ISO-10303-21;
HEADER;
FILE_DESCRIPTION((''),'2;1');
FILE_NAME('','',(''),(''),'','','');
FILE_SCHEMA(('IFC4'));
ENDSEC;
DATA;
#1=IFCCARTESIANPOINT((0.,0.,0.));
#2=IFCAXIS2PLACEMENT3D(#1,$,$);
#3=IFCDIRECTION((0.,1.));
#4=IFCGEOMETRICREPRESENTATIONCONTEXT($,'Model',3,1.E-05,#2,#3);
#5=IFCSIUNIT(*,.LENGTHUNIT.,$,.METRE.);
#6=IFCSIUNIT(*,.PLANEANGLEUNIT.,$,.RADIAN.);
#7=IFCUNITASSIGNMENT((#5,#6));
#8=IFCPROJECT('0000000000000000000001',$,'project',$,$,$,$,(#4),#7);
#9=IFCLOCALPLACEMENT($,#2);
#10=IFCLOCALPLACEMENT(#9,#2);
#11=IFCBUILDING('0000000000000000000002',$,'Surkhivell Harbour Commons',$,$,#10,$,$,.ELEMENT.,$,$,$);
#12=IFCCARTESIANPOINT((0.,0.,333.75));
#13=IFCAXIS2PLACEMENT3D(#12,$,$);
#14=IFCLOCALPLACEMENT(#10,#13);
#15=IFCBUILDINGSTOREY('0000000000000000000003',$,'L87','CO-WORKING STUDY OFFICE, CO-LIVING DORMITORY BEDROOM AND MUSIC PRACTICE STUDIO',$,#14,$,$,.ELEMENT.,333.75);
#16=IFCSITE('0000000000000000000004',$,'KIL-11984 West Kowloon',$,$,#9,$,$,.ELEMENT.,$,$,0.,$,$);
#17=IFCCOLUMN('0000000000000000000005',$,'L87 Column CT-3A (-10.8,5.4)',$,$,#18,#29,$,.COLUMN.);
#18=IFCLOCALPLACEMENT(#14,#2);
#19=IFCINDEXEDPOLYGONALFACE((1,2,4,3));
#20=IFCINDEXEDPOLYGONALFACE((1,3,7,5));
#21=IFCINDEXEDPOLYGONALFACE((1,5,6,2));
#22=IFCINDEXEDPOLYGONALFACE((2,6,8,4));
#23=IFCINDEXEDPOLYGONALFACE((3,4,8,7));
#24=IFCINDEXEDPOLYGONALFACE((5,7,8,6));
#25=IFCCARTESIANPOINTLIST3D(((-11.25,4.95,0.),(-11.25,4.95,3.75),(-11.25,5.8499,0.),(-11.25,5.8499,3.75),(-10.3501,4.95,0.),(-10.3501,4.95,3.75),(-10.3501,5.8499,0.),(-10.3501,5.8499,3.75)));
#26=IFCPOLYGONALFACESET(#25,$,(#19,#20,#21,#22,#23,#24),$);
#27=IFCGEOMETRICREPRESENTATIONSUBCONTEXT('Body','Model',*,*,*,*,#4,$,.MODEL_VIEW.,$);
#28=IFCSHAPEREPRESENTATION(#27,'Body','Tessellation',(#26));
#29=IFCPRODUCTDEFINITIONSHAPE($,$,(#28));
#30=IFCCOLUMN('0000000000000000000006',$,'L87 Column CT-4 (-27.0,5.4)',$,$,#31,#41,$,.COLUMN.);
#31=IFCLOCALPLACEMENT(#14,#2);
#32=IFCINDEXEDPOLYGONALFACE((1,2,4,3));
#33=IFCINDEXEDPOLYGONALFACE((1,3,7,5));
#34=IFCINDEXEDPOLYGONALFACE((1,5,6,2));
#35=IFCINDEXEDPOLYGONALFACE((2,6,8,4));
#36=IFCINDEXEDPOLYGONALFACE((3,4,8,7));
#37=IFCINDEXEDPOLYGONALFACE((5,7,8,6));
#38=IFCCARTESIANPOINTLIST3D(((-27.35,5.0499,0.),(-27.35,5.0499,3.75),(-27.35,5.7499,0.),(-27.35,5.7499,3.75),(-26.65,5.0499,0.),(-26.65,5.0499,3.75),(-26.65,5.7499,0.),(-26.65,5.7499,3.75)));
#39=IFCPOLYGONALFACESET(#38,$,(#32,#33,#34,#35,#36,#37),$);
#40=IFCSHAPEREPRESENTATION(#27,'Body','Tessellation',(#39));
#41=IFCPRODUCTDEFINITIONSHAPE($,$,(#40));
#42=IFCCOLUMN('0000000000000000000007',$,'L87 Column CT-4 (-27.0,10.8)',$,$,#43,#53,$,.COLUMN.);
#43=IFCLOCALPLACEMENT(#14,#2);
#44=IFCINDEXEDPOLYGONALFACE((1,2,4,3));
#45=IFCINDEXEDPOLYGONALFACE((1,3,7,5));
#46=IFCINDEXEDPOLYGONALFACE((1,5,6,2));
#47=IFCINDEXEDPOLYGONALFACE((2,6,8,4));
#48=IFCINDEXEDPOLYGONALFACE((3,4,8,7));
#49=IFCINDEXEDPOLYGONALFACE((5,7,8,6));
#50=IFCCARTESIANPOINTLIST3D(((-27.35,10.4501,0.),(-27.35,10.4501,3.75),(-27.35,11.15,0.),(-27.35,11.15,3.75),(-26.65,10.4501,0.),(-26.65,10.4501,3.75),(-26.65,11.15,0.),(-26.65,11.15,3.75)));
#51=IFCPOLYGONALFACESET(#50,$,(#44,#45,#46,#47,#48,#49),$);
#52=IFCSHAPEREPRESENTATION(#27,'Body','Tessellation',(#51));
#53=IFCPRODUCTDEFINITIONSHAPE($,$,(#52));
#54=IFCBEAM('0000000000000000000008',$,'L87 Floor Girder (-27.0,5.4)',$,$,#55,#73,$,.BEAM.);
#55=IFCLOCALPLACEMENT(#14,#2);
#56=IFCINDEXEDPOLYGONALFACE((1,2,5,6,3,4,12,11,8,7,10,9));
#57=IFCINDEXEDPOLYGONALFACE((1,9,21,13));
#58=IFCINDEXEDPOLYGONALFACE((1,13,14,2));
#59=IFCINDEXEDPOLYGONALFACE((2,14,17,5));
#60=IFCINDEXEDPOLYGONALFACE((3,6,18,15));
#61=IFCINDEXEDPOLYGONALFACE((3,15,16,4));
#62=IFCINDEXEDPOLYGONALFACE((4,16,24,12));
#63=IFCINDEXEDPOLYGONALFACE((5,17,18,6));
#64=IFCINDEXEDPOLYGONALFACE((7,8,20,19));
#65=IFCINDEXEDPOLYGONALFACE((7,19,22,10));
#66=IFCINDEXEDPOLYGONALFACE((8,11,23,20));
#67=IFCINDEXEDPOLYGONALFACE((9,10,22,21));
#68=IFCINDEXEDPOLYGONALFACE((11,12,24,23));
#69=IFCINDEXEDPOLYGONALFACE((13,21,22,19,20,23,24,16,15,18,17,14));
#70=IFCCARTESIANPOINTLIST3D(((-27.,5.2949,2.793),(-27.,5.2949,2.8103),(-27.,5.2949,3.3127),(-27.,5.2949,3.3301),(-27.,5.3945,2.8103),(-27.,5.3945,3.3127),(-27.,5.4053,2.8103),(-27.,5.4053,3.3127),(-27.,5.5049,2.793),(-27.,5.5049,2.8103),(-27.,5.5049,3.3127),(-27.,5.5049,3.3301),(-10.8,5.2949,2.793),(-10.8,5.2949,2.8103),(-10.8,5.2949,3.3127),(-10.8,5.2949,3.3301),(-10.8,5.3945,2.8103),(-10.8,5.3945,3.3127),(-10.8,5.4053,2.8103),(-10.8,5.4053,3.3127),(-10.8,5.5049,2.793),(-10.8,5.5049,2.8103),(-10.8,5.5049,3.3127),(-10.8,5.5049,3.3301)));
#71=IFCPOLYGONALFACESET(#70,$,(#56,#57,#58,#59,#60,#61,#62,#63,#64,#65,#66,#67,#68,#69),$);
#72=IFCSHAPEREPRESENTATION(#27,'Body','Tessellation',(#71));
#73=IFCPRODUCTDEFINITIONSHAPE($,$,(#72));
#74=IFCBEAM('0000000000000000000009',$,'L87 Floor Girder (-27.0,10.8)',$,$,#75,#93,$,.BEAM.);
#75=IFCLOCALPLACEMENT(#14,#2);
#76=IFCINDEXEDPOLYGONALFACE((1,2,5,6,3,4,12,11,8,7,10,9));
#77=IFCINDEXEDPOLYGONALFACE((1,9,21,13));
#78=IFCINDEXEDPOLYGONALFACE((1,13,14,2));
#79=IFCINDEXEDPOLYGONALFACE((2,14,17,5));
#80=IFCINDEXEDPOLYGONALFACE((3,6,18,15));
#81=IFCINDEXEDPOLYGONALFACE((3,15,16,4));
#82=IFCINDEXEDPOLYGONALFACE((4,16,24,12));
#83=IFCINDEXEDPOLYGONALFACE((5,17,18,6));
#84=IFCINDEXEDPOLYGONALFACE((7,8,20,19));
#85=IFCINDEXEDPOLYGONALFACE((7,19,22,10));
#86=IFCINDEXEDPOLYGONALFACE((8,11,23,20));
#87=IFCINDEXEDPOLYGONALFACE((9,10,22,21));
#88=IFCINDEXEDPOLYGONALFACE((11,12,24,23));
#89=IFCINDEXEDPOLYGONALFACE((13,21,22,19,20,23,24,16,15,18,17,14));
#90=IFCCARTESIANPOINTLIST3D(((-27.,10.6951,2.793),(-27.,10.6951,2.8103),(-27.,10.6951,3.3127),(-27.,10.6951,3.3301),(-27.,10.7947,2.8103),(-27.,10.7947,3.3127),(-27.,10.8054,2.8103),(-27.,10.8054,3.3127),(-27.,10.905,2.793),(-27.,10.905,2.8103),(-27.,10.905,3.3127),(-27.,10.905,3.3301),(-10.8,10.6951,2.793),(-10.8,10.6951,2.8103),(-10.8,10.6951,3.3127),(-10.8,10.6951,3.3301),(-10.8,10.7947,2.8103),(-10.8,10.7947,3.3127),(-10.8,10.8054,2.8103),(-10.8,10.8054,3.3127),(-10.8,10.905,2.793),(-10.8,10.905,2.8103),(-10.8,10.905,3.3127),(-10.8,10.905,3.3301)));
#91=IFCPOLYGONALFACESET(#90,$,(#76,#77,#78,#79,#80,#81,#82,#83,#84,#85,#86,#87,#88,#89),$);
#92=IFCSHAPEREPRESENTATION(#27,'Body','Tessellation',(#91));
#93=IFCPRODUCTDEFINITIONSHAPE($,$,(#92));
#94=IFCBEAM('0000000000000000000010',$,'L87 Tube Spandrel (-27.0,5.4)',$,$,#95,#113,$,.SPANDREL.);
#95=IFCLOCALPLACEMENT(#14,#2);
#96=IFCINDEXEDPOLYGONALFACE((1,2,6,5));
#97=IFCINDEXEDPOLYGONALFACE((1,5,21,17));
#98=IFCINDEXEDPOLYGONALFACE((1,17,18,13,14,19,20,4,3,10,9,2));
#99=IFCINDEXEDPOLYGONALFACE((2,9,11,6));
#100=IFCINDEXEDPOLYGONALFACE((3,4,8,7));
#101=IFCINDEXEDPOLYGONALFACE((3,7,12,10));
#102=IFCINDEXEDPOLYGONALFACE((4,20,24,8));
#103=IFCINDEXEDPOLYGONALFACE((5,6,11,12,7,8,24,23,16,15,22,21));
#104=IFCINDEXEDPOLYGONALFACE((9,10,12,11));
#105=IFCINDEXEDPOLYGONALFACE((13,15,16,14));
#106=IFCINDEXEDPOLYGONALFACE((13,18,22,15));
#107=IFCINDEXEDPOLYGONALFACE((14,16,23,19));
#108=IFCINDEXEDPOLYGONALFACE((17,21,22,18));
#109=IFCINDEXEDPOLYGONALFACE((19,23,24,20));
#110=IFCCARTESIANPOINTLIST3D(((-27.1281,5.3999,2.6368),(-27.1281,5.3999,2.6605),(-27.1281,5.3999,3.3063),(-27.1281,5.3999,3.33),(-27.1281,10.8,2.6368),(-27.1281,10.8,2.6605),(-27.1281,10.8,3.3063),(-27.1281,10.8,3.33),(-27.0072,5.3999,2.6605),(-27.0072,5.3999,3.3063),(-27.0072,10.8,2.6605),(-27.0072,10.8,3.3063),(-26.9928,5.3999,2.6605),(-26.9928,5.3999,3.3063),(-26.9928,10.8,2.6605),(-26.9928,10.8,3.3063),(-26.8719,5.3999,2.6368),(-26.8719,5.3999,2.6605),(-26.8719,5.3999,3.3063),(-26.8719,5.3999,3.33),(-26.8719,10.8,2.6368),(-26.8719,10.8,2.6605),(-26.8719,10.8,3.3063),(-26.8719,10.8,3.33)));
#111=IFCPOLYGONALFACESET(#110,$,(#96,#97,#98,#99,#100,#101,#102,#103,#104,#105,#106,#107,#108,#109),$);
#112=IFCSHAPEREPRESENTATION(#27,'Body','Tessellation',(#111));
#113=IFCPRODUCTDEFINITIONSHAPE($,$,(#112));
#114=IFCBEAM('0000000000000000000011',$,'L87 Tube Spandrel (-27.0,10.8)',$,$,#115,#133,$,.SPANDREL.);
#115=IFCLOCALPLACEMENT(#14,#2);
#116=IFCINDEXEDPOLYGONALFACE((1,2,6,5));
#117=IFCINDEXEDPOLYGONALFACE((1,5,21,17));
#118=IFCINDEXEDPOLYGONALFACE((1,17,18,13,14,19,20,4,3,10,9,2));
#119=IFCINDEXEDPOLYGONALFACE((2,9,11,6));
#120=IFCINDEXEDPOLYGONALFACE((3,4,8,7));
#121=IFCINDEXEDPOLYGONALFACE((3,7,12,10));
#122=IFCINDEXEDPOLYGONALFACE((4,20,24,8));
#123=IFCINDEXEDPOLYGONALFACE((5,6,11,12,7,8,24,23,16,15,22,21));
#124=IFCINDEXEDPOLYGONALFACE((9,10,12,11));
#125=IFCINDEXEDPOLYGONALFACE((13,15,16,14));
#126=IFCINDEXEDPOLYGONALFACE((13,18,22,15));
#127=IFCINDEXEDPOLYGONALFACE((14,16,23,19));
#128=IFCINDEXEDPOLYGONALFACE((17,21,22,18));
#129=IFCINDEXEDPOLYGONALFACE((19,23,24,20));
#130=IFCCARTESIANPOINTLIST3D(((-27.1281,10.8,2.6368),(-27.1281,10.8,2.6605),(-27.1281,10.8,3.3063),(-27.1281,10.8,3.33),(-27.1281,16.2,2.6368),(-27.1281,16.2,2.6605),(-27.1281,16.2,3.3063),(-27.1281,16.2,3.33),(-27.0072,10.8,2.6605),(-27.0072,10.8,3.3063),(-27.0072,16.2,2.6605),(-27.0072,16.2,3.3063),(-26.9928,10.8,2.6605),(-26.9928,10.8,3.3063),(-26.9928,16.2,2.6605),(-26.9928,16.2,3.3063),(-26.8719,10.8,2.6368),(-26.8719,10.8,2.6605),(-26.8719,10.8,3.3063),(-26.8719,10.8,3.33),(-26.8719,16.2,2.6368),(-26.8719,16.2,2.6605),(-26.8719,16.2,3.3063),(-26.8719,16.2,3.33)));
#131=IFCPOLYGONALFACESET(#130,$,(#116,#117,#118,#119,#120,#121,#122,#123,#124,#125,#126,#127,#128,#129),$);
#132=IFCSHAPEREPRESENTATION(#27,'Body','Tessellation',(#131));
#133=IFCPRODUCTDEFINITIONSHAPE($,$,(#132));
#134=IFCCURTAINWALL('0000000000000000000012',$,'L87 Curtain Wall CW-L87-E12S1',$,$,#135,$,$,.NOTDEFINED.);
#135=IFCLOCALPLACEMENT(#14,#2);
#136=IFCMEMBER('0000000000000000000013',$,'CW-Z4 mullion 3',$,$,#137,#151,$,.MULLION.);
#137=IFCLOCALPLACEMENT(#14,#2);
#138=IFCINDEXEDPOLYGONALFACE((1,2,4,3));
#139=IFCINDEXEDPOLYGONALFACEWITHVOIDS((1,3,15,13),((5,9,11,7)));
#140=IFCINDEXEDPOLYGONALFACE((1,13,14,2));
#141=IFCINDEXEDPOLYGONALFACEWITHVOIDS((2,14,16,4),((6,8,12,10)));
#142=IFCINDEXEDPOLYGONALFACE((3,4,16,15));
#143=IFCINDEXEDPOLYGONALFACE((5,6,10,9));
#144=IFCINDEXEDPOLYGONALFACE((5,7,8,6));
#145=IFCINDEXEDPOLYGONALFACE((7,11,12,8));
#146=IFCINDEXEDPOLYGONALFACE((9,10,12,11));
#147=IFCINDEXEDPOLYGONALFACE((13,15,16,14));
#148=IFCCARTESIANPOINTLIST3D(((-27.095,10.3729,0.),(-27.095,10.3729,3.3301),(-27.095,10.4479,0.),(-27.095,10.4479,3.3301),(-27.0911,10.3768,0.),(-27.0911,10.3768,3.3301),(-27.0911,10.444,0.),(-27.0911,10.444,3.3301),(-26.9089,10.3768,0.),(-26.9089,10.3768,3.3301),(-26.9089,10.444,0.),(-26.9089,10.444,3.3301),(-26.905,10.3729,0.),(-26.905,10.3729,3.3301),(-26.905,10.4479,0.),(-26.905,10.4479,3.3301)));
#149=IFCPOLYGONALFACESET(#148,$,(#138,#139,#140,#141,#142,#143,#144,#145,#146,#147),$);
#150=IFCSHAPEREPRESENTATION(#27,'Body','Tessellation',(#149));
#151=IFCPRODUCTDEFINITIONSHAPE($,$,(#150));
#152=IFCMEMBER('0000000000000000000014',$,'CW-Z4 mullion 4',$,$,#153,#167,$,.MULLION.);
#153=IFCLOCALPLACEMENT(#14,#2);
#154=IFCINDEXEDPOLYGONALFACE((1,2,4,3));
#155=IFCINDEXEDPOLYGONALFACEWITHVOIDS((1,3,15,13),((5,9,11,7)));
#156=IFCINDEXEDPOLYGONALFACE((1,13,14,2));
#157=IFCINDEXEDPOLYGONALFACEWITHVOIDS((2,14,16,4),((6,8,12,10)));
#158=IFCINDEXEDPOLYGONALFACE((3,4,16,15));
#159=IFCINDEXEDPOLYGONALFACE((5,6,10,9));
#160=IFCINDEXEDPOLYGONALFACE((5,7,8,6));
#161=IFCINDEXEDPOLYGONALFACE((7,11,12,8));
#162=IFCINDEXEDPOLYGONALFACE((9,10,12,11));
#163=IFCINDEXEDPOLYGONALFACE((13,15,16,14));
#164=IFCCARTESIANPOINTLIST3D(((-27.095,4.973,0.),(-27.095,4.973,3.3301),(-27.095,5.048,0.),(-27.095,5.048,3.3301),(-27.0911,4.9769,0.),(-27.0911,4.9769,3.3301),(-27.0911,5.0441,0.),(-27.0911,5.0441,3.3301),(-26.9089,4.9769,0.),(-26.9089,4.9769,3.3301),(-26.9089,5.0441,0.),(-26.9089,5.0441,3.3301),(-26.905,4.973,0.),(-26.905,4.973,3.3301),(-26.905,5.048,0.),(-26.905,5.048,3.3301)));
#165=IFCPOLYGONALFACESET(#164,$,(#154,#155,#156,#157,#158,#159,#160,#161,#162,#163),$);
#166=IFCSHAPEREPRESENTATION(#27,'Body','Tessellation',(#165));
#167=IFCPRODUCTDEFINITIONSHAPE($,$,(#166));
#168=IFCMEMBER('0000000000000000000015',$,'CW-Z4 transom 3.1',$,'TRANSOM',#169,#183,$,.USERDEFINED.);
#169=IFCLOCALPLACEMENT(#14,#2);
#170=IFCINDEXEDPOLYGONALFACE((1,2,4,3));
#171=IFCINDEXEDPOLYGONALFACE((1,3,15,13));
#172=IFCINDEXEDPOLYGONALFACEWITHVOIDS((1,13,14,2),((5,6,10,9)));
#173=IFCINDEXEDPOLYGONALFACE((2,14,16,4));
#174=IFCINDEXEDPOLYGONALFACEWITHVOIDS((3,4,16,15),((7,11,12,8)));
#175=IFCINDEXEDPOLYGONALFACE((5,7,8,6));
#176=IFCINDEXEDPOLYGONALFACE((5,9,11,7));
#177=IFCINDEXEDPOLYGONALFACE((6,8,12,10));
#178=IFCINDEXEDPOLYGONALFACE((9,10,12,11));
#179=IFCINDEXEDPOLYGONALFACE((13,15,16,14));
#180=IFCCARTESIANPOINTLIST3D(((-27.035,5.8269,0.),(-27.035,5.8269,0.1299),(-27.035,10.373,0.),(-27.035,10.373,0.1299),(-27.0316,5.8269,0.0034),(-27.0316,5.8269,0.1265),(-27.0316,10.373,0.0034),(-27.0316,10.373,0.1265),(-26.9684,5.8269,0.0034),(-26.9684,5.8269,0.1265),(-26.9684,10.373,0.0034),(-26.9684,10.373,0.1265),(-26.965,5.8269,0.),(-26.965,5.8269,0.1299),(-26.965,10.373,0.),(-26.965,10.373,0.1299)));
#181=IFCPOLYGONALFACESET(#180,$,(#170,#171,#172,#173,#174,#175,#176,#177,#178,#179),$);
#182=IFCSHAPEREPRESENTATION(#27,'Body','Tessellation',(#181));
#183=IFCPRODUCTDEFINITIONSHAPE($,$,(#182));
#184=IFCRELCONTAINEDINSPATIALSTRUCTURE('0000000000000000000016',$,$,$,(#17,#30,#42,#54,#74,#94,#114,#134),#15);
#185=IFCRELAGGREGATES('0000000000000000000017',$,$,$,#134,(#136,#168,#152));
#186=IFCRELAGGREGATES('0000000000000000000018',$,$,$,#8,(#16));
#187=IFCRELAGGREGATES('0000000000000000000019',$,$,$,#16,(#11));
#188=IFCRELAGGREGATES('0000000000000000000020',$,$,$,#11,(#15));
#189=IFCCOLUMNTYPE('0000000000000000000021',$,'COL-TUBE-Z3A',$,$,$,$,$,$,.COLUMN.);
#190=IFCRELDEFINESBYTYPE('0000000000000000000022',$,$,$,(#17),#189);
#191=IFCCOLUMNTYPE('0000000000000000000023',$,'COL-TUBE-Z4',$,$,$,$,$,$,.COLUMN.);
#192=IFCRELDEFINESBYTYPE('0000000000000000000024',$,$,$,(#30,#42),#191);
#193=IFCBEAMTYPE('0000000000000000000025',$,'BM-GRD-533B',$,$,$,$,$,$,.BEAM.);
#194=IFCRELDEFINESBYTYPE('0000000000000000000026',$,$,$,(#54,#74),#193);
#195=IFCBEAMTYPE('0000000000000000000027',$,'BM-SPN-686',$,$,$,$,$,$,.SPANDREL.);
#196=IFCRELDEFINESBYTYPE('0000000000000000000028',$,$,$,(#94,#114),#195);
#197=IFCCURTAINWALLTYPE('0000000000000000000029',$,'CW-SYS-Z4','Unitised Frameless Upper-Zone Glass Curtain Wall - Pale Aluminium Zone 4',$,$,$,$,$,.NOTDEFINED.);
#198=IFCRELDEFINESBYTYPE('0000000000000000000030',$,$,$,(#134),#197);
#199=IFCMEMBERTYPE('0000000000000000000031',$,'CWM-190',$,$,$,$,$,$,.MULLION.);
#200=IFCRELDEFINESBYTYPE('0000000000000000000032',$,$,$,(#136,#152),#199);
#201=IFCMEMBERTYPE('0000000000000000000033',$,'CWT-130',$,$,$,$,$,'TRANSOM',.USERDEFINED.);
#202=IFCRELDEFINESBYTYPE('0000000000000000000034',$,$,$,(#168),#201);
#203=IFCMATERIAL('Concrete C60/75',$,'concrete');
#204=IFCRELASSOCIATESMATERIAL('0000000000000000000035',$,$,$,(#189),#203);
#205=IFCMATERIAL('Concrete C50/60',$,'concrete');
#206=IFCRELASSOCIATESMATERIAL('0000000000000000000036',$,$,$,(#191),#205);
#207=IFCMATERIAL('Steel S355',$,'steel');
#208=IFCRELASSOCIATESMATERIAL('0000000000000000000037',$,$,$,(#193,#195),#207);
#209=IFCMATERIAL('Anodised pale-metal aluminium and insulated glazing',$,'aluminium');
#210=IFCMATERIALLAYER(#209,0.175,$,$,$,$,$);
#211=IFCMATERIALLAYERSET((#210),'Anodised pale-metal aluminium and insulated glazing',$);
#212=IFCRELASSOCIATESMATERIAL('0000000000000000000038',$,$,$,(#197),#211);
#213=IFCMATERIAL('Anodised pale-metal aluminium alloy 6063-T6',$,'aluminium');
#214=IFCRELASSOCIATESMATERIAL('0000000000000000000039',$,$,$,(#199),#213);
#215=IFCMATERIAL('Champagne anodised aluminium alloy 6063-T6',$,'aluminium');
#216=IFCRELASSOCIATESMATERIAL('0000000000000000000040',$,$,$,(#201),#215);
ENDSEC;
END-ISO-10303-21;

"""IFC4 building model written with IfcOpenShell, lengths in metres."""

from ifc_helpers import new_model, si_unit, direction, frame, origin, origin_2d, place, context, subcontext, project, spatial, rectangle, hollow_rectangle, i_section, extrude, material, layer, layer_set, material_profile, profile_set, type_object, element, aggregate, save


model = new_model("IFC4")

# Units and contexts
model_context = context("Model", 3, precision=1e-05, world=origin(), true_north=direction((0.0, 1.0)))
body_context = subcontext(model_context, "Body", "Model", "MODEL_VIEW")
ifc_project = project(units=[si_unit("LENGTHUNIT", "METRE"), si_unit("PLANEANGLEUNIT", "RADIAN")], contexts=[model_context])

# Site, building, storey
site_placement = place(None, origin())
site = spatial("IfcSite", under=ifc_project, at=site_placement, Name="KIL-11984 West Kowloon", CompositionType="ELEMENT", RefElevation=0.0)
building_placement = place(site_placement, origin())
building = spatial("IfcBuilding", under=site, at=building_placement, Name="Surkhivell Harbour Commons", CompositionType="ELEMENT")
storey_placement = place(building_placement, frame((0.0, 0.0, 333.75)))
storey = spatial("IfcBuildingStorey", under=building, at=storey_placement, Name="L87", Description="CO-WORKING STUDY OFFICE, CO-LIVING DORMITORY BEDROOM AND MUSIC PRACTICE STUDIO", CompositionType="ELEMENT", Elevation=333.75)

# Columns
ifc_material_1 = material(Name="Concrete C60/75", Category="concrete")
ifc_material_profile_1 = material_profile(ifc_material_1, rectangle(XDim=0.8999, YDim=0.8999, at=origin_2d()), Name="RC-COL-900x900")
ifc_profile_set_1 = profile_set([ifc_material_profile_1], Name="Concrete C60/75")
column_type_1 = type_object("IfcColumnType", Name="COL-TUBE-Z3A", PredefinedType="COLUMN", material=ifc_profile_set_1)
column_placement = place(storey_placement, frame((-10.8, 5.3999, 0.0), z_axis=(0.0, 0.0, 1.0), x_axis=(1.0, 0.0, 0.0)))
element("IfcColumn", 1, at=column_placement, inside=storey, type_object=column_type_1, Name="L87 Column CT-3A (-10.8,5.4)", PredefinedType="COLUMN", context=body_context, shape_type="SweptSolid", body=[
    extrude(rectangle(XDim=0.8999, YDim=0.8999, at=origin_2d()), origin(), (0.0, 0.0, 1.0), 3.75),
])
ifc_material_2 = material(Name="Concrete C50/60", Category="concrete")
ifc_material_profile_2 = material_profile(ifc_material_2, rectangle(XDim=0.7, YDim=0.7, at=origin_2d()), Name="RC-COL-700x700")
ifc_profile_set_2 = profile_set([ifc_material_profile_2], Name="Concrete C50/60")
column_type_2 = type_object("IfcColumnType", Name="COL-TUBE-Z4", PredefinedType="COLUMN", material=ifc_profile_set_2)
for number, where, z_axis, x_axis, name in (
    (2, (-27.0, 5.3999, 0.0), (0.0, 0.0, 1.0), (1.0, 0.0, 0.0), "L87 Column CT-4 (-27.0,5.4)"),
    (3, (-27.0, 10.8, 0.0), (0.0, 0.0, 1.0), (1.0, 0.0, 0.0), "L87 Column CT-4 (-27.0,10.8)"),
):
    element("IfcColumn", number, at=place(storey_placement, frame(where, z_axis=z_axis, x_axis=x_axis)), inside=storey, type_object=column_type_2, Name=name, PredefinedType="COLUMN", context=body_context, shape_type="SweptSolid", body=[
        extrude(rectangle(XDim=0.7, YDim=0.7, at=origin_2d()), origin(), (0.0, 0.0, 1.0), 3.75),
    ])

# Beams
ifc_material_3 = material(Name="Steel S355", Category="steel")
ifc_material_profile_3 = material_profile(ifc_material_3, i_section(OverallWidth=0.21, OverallDepth=0.5371, WebThickness=0.0107, FlangeThickness=0.0173, at=origin_2d()), Name="UB533x210x101")
ifc_profile_set_3 = profile_set([ifc_material_profile_3], Name="Steel S355")
beam_type_1 = type_object("IfcBeamType", Name="BM-GRD-533B", PredefinedType="BEAM", material=ifc_profile_set_3)
for number, where, z_axis, x_axis, name in (
    (4, (-27.0, 5.3999, 3.0615), (1.0, 0.0, 0.0), (0.0, 1.0, 0.0), "L87 Floor Girder (-27.0,5.4)"),
    (5, (-27.0, 10.8, 3.0615), (1.0, 0.0, 0.0), (0.0, 1.0, 0.0), "L87 Floor Girder (-27.0,10.8)"),
):
    element("IfcBeam", number, at=place(storey_placement, frame(where, z_axis=z_axis, x_axis=x_axis)), inside=storey, type_object=beam_type_1, Name=name, PredefinedType="BEAM", context=body_context, shape_type="SweptSolid", body=[
        extrude(i_section(OverallWidth=0.21, OverallDepth=0.5371, WebThickness=0.0107, FlangeThickness=0.0173, at=origin_2d()), origin(), (0.0, 0.0, 1.0), 16.2),
    ])
ifc_material_profile_4 = material_profile(ifc_material_3, i_section(OverallWidth=0.2561, OverallDepth=0.6931, WebThickness=0.0144, FlangeThickness=0.0237, at=origin_2d()), Name="UB686x254x170")
ifc_profile_set_4 = profile_set([ifc_material_profile_4], Name="Steel S355")
beam_type_2 = type_object("IfcBeamType", Name="BM-SPN-686", PredefinedType="SPANDREL", material=ifc_profile_set_4)
beam_1_placement = place(storey_placement, frame((-27.0, 5.3999, 2.9834), z_axis=(0.0, 1.0, 0.0), x_axis=(-1.0, 0.0, 0.0)))
element("IfcBeam", 6, at=beam_1_placement, inside=storey, type_object=beam_type_2, Name="L87 Tube Spandrel (-27.0,5.4)", PredefinedType="SPANDREL", context=body_context, shape_type="SweptSolid", body=[
    extrude(i_section(OverallWidth=0.2561, OverallDepth=0.6931, WebThickness=0.0144, FlangeThickness=0.0237, at=origin_2d()), origin(), (0.0, 0.0, 1.0), 5.4001),
])
beam_2_placement = place(storey_placement, frame((-27.0, 10.8, 2.9834), z_axis=(0.0, 1.0, 0.0), x_axis=(-1.0, 0.0, 0.0)))
element("IfcBeam", 7, at=beam_2_placement, inside=storey, type_object=beam_type_2, Name="L87 Tube Spandrel (-27.0,10.8)", PredefinedType="SPANDREL", context=body_context, shape_type="SweptSolid", body=[
    extrude(i_section(OverallWidth=0.2561, OverallDepth=0.6931, WebThickness=0.0144, FlangeThickness=0.0237, at=origin_2d()), origin(), (0.0, 0.0, 1.0), 5.3999),
])

# Curtain wall, members
ifc_material_4 = material(Name="Anodised pale-metal aluminium and insulated glazing", Category="aluminium")
ifc_layer_1 = layer(ifc_material_4, 0.175)
ifc_layer_set_1 = layer_set([ifc_layer_1], Name="Anodised pale-metal aluminium and insulated glazing")
curtain_wall_type = type_object("IfcCurtainWallType", Name="CW-SYS-Z4", Description="Unitised Frameless Upper-Zone Glass Curtain Wall - Pale Aluminium Zone 4", PredefinedType="NOTDEFINED", material=ifc_layer_set_1)
curtain_wall_placement = place(storey_placement, origin())
curtain_wall = element("IfcCurtainWall", 8, at=curtain_wall_placement, inside=storey, type_object=curtain_wall_type, Name="L87 Curtain Wall CW-L87-E12S1", PredefinedType="NOTDEFINED")
ifc_material_5 = material(Name="Anodised pale-metal aluminium alloy 6063-T6", Category="aluminium")
ifc_material_profile_5 = material_profile(ifc_material_5, hollow_rectangle(XDim=0.075, YDim=0.1899, WallThickness=0.0039, at=origin_2d()), Name="ALU-MULL-75x190")
ifc_profile_set_5 = profile_set([ifc_material_profile_5], Name="Anodised pale-metal aluminium alloy 6063-T6")
member_type_1 = type_object("IfcMemberType", Name="CWM-190", PredefinedType="MULLION", material=ifc_profile_set_5)
member_1_placement = place(storey_placement, frame((-27.0, 10.4104, 0.0), z_axis=(0.0, 0.0, 1.0), x_axis=(0.0, -1.0, 0.0)))
member_1 = element("IfcMember", 9, at=member_1_placement, type_object=member_type_1, Name="CW-Z4 mullion 3", PredefinedType="MULLION", context=body_context, shape_type="SweptSolid", body=[
    extrude(hollow_rectangle(XDim=0.075, YDim=0.1899, WallThickness=0.0039, at=origin_2d()), origin(), (0.0, 0.0, 1.0), 3.3301),
])
member_2_placement = place(storey_placement, frame((-27.0, 5.0105, 0.0), z_axis=(0.0, 0.0, 1.0), x_axis=(0.0, -1.0, 0.0)))
member_2 = element("IfcMember", 10, at=member_2_placement, type_object=member_type_1, Name="CW-Z4 mullion 4", PredefinedType="MULLION", context=body_context, shape_type="SweptSolid", body=[
    extrude(hollow_rectangle(XDim=0.075, YDim=0.1899, WallThickness=0.0039, at=origin_2d()), origin(), (0.0, 0.0, 1.0), 3.3301),
])
ifc_material_6 = material(Name="Champagne anodised aluminium alloy 6063-T6", Category="aluminium")
ifc_material_profile_6 = material_profile(ifc_material_6, hollow_rectangle(XDim=0.0701, YDim=0.1299, WallThickness=0.0034, at=origin_2d()), Name="ALU-TRAN-70x130")
ifc_profile_set_6 = profile_set([ifc_material_profile_6], Name="Champagne anodised aluminium alloy 6063-T6")
member_type_2 = type_object("IfcMemberType", Name="CWT-130", ElementType="TRANSOM", PredefinedType="USERDEFINED", material=ifc_profile_set_6)
member_3_placement = place(storey_placement, frame((-27.0, 10.373, 0.0649), z_axis=(0.0, -1.0, 0.0), x_axis=(1.0, 0.0, 0.0)))
member_3 = element("IfcMember", 11, at=member_3_placement, type_object=member_type_2, Name="CW-Z4 transom 3.1", ObjectType="TRANSOM", PredefinedType="USERDEFINED", context=body_context, shape_type="SweptSolid", body=[
    extrude(hollow_rectangle(XDim=0.0701, YDim=0.1299, WallThickness=0.0034, at=origin_2d()), origin(), (0.0, 0.0, 1.0), 4.5461),
])
aggregate(curtain_wall, [member_1, member_3, member_2])

save(model, "model.ifc")
